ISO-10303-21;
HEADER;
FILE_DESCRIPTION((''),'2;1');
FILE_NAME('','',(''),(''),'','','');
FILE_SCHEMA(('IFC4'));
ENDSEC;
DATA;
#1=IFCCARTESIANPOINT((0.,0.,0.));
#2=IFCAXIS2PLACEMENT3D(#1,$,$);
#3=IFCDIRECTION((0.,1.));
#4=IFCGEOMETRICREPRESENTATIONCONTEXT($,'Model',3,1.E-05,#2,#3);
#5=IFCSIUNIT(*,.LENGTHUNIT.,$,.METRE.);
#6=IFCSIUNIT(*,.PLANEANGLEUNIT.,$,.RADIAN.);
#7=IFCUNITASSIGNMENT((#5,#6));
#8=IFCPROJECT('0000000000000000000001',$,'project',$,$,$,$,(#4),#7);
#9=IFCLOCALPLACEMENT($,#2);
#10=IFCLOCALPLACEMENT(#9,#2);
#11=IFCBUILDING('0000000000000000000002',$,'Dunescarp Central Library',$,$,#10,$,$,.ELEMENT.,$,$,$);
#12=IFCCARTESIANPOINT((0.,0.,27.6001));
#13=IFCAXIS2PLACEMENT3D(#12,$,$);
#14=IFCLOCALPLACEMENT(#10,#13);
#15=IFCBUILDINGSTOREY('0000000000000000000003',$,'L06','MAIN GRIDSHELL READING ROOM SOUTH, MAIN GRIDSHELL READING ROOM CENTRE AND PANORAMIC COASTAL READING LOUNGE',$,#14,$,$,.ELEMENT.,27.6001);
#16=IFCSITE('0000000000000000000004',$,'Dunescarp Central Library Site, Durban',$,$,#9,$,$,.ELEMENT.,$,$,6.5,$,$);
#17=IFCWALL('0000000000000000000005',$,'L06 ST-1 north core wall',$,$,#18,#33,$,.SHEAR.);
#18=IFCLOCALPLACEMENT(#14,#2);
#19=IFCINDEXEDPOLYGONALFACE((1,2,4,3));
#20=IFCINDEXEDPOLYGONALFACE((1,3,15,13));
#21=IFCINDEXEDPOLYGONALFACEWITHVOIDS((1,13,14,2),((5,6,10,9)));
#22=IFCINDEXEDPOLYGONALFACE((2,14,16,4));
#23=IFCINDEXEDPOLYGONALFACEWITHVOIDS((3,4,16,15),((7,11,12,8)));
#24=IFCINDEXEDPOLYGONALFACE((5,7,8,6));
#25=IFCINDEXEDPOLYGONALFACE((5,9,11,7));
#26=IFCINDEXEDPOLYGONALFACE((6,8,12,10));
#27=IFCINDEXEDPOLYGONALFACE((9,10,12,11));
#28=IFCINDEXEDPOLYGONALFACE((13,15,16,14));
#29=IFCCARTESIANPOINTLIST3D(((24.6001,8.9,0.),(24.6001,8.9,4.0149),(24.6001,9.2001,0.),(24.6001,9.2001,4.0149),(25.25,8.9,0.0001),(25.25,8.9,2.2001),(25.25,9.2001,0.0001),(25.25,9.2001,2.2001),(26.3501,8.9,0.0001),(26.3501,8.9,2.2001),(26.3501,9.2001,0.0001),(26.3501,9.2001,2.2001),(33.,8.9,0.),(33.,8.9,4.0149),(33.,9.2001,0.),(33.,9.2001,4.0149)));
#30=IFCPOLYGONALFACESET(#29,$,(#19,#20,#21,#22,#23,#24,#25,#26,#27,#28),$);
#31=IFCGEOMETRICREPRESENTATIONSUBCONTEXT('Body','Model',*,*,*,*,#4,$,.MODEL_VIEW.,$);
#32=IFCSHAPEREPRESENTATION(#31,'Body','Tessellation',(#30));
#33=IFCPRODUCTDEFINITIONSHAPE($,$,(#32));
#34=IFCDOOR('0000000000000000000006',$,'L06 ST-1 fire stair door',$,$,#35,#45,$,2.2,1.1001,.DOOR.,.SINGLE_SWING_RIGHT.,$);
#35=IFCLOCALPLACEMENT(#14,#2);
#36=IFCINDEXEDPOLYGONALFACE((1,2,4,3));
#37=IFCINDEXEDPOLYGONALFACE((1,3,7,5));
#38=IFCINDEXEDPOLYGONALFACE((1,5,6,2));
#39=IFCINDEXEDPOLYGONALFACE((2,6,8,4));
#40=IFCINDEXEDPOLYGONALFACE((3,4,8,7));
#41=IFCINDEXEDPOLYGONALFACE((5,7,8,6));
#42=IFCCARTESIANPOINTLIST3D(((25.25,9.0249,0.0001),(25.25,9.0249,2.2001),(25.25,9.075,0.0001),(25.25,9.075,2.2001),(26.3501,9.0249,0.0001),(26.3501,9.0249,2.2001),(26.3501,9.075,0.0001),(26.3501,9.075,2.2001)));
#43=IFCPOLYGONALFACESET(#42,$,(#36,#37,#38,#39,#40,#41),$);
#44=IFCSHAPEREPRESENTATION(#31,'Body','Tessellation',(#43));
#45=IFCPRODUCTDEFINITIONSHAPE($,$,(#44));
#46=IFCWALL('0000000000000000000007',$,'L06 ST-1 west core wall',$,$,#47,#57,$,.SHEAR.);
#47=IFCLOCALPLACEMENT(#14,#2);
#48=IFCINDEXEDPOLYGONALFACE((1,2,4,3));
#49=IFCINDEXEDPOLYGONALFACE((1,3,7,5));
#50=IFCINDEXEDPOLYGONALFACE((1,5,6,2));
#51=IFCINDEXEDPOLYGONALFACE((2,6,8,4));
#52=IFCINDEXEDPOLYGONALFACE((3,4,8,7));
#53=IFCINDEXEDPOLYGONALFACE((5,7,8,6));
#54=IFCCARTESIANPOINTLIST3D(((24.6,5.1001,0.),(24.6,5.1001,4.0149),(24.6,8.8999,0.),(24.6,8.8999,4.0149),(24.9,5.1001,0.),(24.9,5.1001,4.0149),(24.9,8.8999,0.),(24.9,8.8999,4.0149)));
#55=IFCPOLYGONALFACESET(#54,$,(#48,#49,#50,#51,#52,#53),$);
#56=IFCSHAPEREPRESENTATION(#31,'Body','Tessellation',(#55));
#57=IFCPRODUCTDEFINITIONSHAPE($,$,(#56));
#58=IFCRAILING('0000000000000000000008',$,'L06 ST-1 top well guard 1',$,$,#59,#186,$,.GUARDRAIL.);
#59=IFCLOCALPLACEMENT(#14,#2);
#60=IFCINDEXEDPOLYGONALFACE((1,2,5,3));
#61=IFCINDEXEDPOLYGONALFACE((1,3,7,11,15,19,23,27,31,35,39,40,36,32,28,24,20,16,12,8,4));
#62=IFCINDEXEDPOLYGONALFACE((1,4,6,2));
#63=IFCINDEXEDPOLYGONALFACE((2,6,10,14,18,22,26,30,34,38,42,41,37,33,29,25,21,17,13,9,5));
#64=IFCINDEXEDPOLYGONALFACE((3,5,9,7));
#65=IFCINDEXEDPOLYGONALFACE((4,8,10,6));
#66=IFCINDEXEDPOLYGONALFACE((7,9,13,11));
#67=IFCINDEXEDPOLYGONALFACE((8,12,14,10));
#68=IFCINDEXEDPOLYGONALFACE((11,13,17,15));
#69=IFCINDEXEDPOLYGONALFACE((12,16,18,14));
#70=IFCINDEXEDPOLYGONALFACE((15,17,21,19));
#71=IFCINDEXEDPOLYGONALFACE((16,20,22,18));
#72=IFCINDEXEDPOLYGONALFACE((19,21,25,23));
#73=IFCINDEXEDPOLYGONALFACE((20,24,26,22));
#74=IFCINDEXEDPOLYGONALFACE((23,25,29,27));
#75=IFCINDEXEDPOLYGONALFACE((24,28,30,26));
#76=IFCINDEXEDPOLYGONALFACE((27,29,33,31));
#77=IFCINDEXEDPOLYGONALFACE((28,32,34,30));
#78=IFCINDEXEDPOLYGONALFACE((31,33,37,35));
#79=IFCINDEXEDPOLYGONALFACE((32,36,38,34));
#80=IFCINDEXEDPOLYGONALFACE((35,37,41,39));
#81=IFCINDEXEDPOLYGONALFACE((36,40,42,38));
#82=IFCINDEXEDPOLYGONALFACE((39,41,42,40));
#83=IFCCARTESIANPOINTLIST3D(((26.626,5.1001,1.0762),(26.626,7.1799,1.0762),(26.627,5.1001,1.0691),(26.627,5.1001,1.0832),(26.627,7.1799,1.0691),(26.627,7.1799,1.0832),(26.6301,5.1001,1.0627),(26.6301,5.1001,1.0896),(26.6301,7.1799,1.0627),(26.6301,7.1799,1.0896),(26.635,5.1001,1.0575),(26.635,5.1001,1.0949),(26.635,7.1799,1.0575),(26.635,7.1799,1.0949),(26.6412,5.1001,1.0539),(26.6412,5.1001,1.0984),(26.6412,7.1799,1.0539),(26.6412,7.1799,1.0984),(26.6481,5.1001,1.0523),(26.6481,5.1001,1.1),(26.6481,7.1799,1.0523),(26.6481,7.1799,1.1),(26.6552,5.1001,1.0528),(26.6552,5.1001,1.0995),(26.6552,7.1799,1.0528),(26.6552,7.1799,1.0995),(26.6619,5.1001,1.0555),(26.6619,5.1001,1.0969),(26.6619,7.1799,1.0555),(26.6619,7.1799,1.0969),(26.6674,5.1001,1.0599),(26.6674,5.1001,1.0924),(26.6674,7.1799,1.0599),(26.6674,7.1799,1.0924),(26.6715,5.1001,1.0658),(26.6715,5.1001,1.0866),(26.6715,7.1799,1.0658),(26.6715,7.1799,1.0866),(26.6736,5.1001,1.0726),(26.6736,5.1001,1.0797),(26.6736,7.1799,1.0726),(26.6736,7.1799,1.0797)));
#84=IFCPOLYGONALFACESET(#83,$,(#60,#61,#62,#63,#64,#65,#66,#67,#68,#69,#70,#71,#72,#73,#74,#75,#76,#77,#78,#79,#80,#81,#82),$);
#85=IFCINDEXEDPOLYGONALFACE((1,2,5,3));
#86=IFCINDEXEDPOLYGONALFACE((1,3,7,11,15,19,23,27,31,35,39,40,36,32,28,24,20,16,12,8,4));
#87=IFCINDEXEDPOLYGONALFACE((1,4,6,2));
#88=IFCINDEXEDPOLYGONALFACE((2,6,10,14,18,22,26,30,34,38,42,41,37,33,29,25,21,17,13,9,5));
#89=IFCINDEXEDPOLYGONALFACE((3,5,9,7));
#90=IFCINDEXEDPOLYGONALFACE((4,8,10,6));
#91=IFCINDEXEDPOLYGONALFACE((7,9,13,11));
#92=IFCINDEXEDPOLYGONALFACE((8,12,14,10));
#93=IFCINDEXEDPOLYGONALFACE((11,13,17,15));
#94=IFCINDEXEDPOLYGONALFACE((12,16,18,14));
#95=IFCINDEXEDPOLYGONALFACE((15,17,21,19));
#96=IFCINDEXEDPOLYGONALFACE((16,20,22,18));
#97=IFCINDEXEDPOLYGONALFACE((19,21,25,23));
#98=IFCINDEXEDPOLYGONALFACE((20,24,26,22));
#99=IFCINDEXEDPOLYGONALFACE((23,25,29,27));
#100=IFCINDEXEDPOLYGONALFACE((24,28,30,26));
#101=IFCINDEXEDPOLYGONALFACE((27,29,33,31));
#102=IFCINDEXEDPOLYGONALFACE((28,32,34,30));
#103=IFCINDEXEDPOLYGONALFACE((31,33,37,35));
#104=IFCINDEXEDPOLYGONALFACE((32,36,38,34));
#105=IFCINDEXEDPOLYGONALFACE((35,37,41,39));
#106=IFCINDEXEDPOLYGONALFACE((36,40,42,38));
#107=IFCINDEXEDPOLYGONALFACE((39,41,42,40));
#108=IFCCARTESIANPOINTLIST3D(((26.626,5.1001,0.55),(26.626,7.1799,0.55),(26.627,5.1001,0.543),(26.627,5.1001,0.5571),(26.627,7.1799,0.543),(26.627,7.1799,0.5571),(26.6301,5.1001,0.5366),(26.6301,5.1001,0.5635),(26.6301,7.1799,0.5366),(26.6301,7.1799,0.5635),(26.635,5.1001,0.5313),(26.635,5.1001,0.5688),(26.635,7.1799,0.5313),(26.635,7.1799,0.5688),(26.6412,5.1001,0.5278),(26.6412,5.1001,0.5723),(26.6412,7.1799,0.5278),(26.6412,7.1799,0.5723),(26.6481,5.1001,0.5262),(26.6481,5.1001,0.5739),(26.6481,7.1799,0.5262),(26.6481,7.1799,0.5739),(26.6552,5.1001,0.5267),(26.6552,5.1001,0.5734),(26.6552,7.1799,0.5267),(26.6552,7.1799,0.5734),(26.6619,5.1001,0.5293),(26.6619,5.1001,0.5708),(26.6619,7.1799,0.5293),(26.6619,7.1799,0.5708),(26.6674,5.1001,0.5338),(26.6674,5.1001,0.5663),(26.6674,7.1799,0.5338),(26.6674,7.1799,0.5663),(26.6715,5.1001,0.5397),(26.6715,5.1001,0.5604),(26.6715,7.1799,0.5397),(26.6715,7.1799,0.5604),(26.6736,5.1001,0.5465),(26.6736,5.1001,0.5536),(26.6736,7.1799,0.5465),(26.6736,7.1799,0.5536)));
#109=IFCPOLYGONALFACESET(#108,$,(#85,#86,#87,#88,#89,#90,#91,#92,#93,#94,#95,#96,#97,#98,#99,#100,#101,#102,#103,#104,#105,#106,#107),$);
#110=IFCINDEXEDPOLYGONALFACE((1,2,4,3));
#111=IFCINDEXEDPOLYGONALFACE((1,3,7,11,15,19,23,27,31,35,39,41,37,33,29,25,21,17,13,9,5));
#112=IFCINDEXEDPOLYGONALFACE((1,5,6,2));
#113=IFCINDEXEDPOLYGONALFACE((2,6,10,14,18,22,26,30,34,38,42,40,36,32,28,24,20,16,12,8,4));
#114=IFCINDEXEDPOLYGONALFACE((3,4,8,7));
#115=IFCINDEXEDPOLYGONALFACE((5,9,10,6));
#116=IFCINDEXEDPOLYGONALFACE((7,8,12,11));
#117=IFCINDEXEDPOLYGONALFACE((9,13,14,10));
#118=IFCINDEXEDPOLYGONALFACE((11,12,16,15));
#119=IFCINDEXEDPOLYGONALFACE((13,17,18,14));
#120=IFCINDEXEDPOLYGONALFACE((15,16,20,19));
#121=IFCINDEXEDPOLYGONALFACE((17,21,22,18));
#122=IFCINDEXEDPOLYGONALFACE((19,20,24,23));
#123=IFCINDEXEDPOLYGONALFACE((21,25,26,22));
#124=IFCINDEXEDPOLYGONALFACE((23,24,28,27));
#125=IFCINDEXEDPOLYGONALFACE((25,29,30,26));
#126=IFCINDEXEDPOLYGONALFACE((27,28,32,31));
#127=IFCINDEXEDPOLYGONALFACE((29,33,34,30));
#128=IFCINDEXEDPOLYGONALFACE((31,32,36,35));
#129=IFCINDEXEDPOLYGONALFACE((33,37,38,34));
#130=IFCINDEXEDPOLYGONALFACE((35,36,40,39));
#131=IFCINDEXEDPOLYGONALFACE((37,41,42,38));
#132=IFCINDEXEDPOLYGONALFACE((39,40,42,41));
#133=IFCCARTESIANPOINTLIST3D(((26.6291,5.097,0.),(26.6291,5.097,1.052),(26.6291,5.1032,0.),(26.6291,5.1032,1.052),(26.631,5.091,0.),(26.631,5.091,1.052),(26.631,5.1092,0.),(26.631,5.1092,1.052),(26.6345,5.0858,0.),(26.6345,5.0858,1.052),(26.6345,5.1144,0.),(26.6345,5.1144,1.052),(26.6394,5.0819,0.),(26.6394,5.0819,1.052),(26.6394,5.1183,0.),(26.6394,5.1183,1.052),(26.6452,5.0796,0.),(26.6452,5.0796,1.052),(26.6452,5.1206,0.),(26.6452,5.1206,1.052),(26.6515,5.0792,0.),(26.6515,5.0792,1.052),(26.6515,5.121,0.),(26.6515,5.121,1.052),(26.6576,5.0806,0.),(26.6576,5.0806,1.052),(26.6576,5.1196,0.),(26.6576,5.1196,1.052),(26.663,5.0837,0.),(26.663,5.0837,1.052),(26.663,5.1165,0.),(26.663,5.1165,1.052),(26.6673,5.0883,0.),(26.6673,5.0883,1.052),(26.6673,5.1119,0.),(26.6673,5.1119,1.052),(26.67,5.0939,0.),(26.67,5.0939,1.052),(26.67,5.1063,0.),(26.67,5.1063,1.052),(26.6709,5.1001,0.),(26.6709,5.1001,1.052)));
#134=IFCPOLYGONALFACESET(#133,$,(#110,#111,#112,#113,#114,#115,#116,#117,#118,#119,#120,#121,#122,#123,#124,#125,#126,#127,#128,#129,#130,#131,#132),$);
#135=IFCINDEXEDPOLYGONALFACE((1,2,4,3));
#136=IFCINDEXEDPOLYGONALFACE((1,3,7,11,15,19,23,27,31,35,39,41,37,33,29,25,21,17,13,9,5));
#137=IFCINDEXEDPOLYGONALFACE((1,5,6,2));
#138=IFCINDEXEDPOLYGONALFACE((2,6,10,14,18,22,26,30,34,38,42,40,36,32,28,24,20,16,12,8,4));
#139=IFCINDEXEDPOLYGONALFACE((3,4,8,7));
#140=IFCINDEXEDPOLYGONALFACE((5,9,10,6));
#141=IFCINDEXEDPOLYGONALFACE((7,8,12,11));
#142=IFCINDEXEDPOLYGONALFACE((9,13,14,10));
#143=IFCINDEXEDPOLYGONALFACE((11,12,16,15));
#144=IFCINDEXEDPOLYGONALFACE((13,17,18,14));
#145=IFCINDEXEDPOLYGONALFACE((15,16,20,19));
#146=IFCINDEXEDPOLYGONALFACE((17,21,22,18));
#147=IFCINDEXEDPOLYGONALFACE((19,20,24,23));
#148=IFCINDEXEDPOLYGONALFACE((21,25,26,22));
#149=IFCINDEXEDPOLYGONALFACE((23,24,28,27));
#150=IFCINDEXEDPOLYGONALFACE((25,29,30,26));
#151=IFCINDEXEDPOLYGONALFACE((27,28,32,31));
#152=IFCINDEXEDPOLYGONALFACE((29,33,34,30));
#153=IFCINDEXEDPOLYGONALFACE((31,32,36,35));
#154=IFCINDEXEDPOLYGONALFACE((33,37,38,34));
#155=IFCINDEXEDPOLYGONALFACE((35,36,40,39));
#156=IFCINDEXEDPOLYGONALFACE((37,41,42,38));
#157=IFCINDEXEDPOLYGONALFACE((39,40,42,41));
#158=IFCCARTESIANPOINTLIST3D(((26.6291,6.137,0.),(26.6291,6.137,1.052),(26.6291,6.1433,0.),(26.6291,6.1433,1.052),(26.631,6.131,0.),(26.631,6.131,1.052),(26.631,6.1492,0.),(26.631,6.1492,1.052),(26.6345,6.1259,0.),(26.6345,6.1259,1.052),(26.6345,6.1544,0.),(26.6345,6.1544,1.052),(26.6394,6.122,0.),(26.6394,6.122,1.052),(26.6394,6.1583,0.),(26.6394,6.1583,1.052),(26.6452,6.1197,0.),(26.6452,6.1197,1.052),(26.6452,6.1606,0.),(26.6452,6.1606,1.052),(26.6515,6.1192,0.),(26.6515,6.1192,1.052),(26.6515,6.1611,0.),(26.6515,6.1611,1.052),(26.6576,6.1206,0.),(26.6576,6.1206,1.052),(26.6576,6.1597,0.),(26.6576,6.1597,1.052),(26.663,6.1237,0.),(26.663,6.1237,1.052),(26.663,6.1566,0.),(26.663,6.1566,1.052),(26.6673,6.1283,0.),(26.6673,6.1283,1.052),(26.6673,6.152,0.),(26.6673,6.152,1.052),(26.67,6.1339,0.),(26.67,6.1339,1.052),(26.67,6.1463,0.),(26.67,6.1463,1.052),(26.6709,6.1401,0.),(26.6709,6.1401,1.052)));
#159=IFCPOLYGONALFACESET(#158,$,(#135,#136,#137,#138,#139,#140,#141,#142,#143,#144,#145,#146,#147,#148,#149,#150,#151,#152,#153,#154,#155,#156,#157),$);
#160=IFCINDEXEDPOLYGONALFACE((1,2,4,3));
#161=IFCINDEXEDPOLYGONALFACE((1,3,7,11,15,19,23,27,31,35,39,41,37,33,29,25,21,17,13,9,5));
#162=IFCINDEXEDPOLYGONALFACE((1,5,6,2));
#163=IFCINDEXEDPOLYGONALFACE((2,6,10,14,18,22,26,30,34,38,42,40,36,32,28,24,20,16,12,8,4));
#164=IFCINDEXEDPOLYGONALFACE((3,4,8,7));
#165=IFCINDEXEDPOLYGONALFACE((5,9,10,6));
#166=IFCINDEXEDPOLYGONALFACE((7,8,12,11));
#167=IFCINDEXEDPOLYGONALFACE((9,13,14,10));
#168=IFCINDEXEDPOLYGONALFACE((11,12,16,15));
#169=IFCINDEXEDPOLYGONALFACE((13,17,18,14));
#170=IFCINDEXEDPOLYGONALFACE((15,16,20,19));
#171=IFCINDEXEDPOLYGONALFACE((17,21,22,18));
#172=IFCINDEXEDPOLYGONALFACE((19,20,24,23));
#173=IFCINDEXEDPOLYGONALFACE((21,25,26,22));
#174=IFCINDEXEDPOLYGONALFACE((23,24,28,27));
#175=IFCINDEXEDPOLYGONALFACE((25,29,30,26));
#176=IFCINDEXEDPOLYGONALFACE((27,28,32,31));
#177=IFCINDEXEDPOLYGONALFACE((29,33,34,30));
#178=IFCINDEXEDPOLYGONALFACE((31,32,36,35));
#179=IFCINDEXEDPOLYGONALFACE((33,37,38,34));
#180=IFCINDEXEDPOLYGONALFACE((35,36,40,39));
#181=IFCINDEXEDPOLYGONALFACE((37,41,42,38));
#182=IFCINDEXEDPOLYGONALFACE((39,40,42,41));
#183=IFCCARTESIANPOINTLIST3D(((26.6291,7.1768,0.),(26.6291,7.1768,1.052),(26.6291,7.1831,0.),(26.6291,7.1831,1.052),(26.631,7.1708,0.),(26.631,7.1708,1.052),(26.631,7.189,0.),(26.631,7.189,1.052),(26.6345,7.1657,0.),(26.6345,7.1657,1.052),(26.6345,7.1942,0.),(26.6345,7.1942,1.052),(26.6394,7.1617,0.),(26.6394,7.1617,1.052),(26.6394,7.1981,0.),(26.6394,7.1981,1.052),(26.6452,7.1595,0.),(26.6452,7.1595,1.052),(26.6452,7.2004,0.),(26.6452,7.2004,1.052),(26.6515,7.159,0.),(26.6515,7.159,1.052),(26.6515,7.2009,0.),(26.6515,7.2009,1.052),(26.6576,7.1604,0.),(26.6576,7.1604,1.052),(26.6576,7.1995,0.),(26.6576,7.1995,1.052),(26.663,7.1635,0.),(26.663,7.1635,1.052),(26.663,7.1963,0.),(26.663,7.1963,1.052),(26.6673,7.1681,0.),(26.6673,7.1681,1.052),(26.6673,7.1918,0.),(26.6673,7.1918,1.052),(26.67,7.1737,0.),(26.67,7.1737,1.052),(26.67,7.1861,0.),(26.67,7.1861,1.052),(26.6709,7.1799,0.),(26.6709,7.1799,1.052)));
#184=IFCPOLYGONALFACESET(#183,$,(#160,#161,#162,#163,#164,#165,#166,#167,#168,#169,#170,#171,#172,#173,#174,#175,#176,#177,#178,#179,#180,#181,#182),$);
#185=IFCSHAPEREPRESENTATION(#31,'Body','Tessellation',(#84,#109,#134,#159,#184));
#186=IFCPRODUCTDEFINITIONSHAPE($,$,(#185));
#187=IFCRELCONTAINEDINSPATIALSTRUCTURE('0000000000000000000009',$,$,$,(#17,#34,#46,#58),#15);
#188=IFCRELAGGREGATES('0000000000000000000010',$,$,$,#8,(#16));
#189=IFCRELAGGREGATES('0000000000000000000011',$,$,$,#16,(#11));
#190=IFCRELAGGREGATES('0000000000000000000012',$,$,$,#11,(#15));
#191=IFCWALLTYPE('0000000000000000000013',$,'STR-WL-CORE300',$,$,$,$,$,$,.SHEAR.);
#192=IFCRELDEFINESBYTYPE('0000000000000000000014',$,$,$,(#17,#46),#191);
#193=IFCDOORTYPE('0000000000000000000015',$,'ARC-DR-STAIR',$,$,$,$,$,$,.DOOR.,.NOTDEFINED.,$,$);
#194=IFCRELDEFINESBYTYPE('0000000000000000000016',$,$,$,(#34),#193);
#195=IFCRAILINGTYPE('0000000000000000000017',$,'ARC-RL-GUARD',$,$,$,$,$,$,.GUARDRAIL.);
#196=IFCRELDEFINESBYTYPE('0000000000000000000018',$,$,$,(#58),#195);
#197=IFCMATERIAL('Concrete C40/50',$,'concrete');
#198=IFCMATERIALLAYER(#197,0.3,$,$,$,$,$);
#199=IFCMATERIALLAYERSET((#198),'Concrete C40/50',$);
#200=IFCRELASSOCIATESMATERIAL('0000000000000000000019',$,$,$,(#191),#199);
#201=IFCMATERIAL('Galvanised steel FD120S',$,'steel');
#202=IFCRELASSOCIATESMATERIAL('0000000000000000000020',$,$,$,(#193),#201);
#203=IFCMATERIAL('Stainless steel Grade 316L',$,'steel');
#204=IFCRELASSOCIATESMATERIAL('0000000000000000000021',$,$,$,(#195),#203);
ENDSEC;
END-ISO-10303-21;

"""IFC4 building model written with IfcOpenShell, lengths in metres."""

from ifc_helpers import new_model, si_unit, direction, frame, frame_2d, origin, origin_2d, place, context, subcontext, project, spatial, rectangle, circle, extrude, material, layer, layer_set, type_object, element, fill, save


model = new_model("IFC4")

# Units and contexts
model_context = context("Model", 3, precision=1e-05, world=origin(), true_north=direction((0.0, 1.0)))
body_context = subcontext(model_context, "Body", "Model", "MODEL_VIEW")
ifc_project = project(units=[si_unit("LENGTHUNIT", "METRE"), si_unit("PLANEANGLEUNIT", "RADIAN")], contexts=[model_context])

# Site, building, storey
site_placement = place(None, origin())
site = spatial("IfcSite", under=ifc_project, at=site_placement, Name="Dunescarp Central Library Site, Durban", CompositionType="ELEMENT", RefElevation=6.5)
building_placement = place(site_placement, origin())
building = spatial("IfcBuilding", under=site, at=building_placement, Name="Dunescarp Central Library", CompositionType="ELEMENT")
storey_placement = place(building_placement, frame((0.0, 0.0, 27.6001)))
storey = spatial("IfcBuildingStorey", under=building, at=storey_placement, Name="L06", Description="MAIN GRIDSHELL READING ROOM SOUTH, MAIN GRIDSHELL READING ROOM CENTRE AND PANORAMIC COASTAL READING LOUNGE", CompositionType="ELEMENT", Elevation=27.6001)

# Shared definitions
ifc_material_1 = material(Name="Concrete C40/50", Category="concrete")

# Shared definitions
ifc_material_2 = material(Name="Stainless steel Grade 316L", Category="steel")

# Wall, opening, door
ifc_layer_1 = layer(ifc_material_1, 0.3)
ifc_layer_set_1 = layer_set([ifc_layer_1], Name="Concrete C40/50")
wall_type_1 = type_object("IfcWallType", Name="STR-WL-CORE300", PredefinedType="SHEAR", material=ifc_layer_set_1)
wall_1_placement = place(storey_placement, frame((24.6001, 9.05, 0.0), z_axis=(0.0, 0.0, 1.0), x_axis=(1.0, 0.0, 0.0)))
wall_1 = element("IfcWall", 1, at=wall_1_placement, inside=storey, type_object=wall_type_1, Name="L06 ST-1 north core wall", PredefinedType="SHEAR", context=body_context, shape_type="SweptSolid", body=[
    extrude(rectangle(XDim=8.3999, YDim=0.3, at=frame_2d((4.2, 0.0))), origin(), (0.0, 0.0, 1.0), 4.0149),
])
opening_1_placement = place(wall_1_placement, frame((0.6499, 0.0, 0.0)))
opening_1 = element("IfcOpeningElement", 2, at=opening_1_placement, cuts=wall_1, PredefinedType="OPENING", context=body_context, shape_type="SweptSolid", body=[
    extrude(rectangle(XDim=1.1001, YDim=2.2, at=frame_2d((0.55, 1.1001))), frame((0.0, 0.1602, 0.0), z_axis=(0.0, -1.0, 0.0), x_axis=(1.0, 0.0, 0.0)), (0.0, 0.0, 1.0), 0.3201),
])
ifc_material_3 = material(Name="Galvanised steel FD120S", Category="steel")
door_type_1 = type_object("IfcDoorType", Name="ARC-DR-STAIR", OperationType="NOTDEFINED", PredefinedType="DOOR", material=ifc_material_3)
door_1_placement = place(opening_1_placement, origin())
door_1 = element("IfcDoor", 3, at=door_1_placement, inside=storey, type_object=door_type_1, Name="L06 ST-1 fire stair door", OperationType="SINGLE_SWING_RIGHT", OverallHeight=2.2, OverallWidth=1.1001, PredefinedType="DOOR", context=body_context, shape_type="SweptSolid", body=[
    extrude(rectangle(XDim=1.1001, YDim=2.2, at=frame_2d((0.55, 1.1001))), frame((0.0, 0.0249, 0.0), z_axis=(0.0, -1.0, 0.0), x_axis=(1.0, 0.0, 0.0)), (0.0, 0.0, 1.0), 0.05),
])
fill(opening_1, door_1)

# Wall
wall_2_placement = place(storey_placement, frame((24.75, 5.1001, 0.0), z_axis=(0.0, 0.0, 1.0), x_axis=(0.0, 1.0, 0.0)))
element("IfcWall", 4, at=wall_2_placement, inside=storey, type_object=wall_type_1, Name="L06 ST-1 west core wall", PredefinedType="SHEAR", context=body_context, shape_type="SweptSolid", body=[
    extrude(rectangle(XDim=3.7998, YDim=0.3, at=frame_2d((1.8999, 0.0))), origin(), (0.0, 0.0, 1.0), 4.0149),
])

# Railing
railing_type = type_object("IfcRailingType", Name="ARC-RL-GUARD", PredefinedType="GUARDRAIL", material=ifc_material_2)
railing_placement = place(storey_placement, frame((26.6499, 5.1001, 0.0)))
element("IfcRailing", 5, at=railing_placement, inside=storey, type_object=railing_type, Name="L06 ST-1 top well guard 1", PredefinedType="GUARDRAIL", context=body_context, shape_type="SweptSolid", body=[
    extrude(circle(Radius=0.0239, at=origin_2d()), frame((0.0, 0.0, 1.0762), z_axis=(0.0, 1.0, 0.0), x_axis=(-1.0, 0.0, 0.0)), (0.0, 0.0, 1.0), 2.0798),
    extrude(circle(Radius=0.0239, at=origin_2d()), frame((0.0, 0.0, 0.55), z_axis=(0.0, 1.0, 0.0), x_axis=(-1.0, 0.0, 0.0)), (0.0, 0.0, 1.0), 2.0798),
    extrude(circle(Radius=0.021, at=origin_2d()), origin(), (0.0, 0.0, 1.0), 1.052),
    extrude(circle(Radius=0.021, at=origin_2d()), frame((0.0, 1.04, 0.0)), (0.0, 0.0, 1.0), 1.052),
    extrude(circle(Radius=0.021, at=origin_2d()), frame((0.0, 2.0798, 0.0)), (0.0, 0.0, 1.0), 1.052),
])

save(model, "model.ifc")
